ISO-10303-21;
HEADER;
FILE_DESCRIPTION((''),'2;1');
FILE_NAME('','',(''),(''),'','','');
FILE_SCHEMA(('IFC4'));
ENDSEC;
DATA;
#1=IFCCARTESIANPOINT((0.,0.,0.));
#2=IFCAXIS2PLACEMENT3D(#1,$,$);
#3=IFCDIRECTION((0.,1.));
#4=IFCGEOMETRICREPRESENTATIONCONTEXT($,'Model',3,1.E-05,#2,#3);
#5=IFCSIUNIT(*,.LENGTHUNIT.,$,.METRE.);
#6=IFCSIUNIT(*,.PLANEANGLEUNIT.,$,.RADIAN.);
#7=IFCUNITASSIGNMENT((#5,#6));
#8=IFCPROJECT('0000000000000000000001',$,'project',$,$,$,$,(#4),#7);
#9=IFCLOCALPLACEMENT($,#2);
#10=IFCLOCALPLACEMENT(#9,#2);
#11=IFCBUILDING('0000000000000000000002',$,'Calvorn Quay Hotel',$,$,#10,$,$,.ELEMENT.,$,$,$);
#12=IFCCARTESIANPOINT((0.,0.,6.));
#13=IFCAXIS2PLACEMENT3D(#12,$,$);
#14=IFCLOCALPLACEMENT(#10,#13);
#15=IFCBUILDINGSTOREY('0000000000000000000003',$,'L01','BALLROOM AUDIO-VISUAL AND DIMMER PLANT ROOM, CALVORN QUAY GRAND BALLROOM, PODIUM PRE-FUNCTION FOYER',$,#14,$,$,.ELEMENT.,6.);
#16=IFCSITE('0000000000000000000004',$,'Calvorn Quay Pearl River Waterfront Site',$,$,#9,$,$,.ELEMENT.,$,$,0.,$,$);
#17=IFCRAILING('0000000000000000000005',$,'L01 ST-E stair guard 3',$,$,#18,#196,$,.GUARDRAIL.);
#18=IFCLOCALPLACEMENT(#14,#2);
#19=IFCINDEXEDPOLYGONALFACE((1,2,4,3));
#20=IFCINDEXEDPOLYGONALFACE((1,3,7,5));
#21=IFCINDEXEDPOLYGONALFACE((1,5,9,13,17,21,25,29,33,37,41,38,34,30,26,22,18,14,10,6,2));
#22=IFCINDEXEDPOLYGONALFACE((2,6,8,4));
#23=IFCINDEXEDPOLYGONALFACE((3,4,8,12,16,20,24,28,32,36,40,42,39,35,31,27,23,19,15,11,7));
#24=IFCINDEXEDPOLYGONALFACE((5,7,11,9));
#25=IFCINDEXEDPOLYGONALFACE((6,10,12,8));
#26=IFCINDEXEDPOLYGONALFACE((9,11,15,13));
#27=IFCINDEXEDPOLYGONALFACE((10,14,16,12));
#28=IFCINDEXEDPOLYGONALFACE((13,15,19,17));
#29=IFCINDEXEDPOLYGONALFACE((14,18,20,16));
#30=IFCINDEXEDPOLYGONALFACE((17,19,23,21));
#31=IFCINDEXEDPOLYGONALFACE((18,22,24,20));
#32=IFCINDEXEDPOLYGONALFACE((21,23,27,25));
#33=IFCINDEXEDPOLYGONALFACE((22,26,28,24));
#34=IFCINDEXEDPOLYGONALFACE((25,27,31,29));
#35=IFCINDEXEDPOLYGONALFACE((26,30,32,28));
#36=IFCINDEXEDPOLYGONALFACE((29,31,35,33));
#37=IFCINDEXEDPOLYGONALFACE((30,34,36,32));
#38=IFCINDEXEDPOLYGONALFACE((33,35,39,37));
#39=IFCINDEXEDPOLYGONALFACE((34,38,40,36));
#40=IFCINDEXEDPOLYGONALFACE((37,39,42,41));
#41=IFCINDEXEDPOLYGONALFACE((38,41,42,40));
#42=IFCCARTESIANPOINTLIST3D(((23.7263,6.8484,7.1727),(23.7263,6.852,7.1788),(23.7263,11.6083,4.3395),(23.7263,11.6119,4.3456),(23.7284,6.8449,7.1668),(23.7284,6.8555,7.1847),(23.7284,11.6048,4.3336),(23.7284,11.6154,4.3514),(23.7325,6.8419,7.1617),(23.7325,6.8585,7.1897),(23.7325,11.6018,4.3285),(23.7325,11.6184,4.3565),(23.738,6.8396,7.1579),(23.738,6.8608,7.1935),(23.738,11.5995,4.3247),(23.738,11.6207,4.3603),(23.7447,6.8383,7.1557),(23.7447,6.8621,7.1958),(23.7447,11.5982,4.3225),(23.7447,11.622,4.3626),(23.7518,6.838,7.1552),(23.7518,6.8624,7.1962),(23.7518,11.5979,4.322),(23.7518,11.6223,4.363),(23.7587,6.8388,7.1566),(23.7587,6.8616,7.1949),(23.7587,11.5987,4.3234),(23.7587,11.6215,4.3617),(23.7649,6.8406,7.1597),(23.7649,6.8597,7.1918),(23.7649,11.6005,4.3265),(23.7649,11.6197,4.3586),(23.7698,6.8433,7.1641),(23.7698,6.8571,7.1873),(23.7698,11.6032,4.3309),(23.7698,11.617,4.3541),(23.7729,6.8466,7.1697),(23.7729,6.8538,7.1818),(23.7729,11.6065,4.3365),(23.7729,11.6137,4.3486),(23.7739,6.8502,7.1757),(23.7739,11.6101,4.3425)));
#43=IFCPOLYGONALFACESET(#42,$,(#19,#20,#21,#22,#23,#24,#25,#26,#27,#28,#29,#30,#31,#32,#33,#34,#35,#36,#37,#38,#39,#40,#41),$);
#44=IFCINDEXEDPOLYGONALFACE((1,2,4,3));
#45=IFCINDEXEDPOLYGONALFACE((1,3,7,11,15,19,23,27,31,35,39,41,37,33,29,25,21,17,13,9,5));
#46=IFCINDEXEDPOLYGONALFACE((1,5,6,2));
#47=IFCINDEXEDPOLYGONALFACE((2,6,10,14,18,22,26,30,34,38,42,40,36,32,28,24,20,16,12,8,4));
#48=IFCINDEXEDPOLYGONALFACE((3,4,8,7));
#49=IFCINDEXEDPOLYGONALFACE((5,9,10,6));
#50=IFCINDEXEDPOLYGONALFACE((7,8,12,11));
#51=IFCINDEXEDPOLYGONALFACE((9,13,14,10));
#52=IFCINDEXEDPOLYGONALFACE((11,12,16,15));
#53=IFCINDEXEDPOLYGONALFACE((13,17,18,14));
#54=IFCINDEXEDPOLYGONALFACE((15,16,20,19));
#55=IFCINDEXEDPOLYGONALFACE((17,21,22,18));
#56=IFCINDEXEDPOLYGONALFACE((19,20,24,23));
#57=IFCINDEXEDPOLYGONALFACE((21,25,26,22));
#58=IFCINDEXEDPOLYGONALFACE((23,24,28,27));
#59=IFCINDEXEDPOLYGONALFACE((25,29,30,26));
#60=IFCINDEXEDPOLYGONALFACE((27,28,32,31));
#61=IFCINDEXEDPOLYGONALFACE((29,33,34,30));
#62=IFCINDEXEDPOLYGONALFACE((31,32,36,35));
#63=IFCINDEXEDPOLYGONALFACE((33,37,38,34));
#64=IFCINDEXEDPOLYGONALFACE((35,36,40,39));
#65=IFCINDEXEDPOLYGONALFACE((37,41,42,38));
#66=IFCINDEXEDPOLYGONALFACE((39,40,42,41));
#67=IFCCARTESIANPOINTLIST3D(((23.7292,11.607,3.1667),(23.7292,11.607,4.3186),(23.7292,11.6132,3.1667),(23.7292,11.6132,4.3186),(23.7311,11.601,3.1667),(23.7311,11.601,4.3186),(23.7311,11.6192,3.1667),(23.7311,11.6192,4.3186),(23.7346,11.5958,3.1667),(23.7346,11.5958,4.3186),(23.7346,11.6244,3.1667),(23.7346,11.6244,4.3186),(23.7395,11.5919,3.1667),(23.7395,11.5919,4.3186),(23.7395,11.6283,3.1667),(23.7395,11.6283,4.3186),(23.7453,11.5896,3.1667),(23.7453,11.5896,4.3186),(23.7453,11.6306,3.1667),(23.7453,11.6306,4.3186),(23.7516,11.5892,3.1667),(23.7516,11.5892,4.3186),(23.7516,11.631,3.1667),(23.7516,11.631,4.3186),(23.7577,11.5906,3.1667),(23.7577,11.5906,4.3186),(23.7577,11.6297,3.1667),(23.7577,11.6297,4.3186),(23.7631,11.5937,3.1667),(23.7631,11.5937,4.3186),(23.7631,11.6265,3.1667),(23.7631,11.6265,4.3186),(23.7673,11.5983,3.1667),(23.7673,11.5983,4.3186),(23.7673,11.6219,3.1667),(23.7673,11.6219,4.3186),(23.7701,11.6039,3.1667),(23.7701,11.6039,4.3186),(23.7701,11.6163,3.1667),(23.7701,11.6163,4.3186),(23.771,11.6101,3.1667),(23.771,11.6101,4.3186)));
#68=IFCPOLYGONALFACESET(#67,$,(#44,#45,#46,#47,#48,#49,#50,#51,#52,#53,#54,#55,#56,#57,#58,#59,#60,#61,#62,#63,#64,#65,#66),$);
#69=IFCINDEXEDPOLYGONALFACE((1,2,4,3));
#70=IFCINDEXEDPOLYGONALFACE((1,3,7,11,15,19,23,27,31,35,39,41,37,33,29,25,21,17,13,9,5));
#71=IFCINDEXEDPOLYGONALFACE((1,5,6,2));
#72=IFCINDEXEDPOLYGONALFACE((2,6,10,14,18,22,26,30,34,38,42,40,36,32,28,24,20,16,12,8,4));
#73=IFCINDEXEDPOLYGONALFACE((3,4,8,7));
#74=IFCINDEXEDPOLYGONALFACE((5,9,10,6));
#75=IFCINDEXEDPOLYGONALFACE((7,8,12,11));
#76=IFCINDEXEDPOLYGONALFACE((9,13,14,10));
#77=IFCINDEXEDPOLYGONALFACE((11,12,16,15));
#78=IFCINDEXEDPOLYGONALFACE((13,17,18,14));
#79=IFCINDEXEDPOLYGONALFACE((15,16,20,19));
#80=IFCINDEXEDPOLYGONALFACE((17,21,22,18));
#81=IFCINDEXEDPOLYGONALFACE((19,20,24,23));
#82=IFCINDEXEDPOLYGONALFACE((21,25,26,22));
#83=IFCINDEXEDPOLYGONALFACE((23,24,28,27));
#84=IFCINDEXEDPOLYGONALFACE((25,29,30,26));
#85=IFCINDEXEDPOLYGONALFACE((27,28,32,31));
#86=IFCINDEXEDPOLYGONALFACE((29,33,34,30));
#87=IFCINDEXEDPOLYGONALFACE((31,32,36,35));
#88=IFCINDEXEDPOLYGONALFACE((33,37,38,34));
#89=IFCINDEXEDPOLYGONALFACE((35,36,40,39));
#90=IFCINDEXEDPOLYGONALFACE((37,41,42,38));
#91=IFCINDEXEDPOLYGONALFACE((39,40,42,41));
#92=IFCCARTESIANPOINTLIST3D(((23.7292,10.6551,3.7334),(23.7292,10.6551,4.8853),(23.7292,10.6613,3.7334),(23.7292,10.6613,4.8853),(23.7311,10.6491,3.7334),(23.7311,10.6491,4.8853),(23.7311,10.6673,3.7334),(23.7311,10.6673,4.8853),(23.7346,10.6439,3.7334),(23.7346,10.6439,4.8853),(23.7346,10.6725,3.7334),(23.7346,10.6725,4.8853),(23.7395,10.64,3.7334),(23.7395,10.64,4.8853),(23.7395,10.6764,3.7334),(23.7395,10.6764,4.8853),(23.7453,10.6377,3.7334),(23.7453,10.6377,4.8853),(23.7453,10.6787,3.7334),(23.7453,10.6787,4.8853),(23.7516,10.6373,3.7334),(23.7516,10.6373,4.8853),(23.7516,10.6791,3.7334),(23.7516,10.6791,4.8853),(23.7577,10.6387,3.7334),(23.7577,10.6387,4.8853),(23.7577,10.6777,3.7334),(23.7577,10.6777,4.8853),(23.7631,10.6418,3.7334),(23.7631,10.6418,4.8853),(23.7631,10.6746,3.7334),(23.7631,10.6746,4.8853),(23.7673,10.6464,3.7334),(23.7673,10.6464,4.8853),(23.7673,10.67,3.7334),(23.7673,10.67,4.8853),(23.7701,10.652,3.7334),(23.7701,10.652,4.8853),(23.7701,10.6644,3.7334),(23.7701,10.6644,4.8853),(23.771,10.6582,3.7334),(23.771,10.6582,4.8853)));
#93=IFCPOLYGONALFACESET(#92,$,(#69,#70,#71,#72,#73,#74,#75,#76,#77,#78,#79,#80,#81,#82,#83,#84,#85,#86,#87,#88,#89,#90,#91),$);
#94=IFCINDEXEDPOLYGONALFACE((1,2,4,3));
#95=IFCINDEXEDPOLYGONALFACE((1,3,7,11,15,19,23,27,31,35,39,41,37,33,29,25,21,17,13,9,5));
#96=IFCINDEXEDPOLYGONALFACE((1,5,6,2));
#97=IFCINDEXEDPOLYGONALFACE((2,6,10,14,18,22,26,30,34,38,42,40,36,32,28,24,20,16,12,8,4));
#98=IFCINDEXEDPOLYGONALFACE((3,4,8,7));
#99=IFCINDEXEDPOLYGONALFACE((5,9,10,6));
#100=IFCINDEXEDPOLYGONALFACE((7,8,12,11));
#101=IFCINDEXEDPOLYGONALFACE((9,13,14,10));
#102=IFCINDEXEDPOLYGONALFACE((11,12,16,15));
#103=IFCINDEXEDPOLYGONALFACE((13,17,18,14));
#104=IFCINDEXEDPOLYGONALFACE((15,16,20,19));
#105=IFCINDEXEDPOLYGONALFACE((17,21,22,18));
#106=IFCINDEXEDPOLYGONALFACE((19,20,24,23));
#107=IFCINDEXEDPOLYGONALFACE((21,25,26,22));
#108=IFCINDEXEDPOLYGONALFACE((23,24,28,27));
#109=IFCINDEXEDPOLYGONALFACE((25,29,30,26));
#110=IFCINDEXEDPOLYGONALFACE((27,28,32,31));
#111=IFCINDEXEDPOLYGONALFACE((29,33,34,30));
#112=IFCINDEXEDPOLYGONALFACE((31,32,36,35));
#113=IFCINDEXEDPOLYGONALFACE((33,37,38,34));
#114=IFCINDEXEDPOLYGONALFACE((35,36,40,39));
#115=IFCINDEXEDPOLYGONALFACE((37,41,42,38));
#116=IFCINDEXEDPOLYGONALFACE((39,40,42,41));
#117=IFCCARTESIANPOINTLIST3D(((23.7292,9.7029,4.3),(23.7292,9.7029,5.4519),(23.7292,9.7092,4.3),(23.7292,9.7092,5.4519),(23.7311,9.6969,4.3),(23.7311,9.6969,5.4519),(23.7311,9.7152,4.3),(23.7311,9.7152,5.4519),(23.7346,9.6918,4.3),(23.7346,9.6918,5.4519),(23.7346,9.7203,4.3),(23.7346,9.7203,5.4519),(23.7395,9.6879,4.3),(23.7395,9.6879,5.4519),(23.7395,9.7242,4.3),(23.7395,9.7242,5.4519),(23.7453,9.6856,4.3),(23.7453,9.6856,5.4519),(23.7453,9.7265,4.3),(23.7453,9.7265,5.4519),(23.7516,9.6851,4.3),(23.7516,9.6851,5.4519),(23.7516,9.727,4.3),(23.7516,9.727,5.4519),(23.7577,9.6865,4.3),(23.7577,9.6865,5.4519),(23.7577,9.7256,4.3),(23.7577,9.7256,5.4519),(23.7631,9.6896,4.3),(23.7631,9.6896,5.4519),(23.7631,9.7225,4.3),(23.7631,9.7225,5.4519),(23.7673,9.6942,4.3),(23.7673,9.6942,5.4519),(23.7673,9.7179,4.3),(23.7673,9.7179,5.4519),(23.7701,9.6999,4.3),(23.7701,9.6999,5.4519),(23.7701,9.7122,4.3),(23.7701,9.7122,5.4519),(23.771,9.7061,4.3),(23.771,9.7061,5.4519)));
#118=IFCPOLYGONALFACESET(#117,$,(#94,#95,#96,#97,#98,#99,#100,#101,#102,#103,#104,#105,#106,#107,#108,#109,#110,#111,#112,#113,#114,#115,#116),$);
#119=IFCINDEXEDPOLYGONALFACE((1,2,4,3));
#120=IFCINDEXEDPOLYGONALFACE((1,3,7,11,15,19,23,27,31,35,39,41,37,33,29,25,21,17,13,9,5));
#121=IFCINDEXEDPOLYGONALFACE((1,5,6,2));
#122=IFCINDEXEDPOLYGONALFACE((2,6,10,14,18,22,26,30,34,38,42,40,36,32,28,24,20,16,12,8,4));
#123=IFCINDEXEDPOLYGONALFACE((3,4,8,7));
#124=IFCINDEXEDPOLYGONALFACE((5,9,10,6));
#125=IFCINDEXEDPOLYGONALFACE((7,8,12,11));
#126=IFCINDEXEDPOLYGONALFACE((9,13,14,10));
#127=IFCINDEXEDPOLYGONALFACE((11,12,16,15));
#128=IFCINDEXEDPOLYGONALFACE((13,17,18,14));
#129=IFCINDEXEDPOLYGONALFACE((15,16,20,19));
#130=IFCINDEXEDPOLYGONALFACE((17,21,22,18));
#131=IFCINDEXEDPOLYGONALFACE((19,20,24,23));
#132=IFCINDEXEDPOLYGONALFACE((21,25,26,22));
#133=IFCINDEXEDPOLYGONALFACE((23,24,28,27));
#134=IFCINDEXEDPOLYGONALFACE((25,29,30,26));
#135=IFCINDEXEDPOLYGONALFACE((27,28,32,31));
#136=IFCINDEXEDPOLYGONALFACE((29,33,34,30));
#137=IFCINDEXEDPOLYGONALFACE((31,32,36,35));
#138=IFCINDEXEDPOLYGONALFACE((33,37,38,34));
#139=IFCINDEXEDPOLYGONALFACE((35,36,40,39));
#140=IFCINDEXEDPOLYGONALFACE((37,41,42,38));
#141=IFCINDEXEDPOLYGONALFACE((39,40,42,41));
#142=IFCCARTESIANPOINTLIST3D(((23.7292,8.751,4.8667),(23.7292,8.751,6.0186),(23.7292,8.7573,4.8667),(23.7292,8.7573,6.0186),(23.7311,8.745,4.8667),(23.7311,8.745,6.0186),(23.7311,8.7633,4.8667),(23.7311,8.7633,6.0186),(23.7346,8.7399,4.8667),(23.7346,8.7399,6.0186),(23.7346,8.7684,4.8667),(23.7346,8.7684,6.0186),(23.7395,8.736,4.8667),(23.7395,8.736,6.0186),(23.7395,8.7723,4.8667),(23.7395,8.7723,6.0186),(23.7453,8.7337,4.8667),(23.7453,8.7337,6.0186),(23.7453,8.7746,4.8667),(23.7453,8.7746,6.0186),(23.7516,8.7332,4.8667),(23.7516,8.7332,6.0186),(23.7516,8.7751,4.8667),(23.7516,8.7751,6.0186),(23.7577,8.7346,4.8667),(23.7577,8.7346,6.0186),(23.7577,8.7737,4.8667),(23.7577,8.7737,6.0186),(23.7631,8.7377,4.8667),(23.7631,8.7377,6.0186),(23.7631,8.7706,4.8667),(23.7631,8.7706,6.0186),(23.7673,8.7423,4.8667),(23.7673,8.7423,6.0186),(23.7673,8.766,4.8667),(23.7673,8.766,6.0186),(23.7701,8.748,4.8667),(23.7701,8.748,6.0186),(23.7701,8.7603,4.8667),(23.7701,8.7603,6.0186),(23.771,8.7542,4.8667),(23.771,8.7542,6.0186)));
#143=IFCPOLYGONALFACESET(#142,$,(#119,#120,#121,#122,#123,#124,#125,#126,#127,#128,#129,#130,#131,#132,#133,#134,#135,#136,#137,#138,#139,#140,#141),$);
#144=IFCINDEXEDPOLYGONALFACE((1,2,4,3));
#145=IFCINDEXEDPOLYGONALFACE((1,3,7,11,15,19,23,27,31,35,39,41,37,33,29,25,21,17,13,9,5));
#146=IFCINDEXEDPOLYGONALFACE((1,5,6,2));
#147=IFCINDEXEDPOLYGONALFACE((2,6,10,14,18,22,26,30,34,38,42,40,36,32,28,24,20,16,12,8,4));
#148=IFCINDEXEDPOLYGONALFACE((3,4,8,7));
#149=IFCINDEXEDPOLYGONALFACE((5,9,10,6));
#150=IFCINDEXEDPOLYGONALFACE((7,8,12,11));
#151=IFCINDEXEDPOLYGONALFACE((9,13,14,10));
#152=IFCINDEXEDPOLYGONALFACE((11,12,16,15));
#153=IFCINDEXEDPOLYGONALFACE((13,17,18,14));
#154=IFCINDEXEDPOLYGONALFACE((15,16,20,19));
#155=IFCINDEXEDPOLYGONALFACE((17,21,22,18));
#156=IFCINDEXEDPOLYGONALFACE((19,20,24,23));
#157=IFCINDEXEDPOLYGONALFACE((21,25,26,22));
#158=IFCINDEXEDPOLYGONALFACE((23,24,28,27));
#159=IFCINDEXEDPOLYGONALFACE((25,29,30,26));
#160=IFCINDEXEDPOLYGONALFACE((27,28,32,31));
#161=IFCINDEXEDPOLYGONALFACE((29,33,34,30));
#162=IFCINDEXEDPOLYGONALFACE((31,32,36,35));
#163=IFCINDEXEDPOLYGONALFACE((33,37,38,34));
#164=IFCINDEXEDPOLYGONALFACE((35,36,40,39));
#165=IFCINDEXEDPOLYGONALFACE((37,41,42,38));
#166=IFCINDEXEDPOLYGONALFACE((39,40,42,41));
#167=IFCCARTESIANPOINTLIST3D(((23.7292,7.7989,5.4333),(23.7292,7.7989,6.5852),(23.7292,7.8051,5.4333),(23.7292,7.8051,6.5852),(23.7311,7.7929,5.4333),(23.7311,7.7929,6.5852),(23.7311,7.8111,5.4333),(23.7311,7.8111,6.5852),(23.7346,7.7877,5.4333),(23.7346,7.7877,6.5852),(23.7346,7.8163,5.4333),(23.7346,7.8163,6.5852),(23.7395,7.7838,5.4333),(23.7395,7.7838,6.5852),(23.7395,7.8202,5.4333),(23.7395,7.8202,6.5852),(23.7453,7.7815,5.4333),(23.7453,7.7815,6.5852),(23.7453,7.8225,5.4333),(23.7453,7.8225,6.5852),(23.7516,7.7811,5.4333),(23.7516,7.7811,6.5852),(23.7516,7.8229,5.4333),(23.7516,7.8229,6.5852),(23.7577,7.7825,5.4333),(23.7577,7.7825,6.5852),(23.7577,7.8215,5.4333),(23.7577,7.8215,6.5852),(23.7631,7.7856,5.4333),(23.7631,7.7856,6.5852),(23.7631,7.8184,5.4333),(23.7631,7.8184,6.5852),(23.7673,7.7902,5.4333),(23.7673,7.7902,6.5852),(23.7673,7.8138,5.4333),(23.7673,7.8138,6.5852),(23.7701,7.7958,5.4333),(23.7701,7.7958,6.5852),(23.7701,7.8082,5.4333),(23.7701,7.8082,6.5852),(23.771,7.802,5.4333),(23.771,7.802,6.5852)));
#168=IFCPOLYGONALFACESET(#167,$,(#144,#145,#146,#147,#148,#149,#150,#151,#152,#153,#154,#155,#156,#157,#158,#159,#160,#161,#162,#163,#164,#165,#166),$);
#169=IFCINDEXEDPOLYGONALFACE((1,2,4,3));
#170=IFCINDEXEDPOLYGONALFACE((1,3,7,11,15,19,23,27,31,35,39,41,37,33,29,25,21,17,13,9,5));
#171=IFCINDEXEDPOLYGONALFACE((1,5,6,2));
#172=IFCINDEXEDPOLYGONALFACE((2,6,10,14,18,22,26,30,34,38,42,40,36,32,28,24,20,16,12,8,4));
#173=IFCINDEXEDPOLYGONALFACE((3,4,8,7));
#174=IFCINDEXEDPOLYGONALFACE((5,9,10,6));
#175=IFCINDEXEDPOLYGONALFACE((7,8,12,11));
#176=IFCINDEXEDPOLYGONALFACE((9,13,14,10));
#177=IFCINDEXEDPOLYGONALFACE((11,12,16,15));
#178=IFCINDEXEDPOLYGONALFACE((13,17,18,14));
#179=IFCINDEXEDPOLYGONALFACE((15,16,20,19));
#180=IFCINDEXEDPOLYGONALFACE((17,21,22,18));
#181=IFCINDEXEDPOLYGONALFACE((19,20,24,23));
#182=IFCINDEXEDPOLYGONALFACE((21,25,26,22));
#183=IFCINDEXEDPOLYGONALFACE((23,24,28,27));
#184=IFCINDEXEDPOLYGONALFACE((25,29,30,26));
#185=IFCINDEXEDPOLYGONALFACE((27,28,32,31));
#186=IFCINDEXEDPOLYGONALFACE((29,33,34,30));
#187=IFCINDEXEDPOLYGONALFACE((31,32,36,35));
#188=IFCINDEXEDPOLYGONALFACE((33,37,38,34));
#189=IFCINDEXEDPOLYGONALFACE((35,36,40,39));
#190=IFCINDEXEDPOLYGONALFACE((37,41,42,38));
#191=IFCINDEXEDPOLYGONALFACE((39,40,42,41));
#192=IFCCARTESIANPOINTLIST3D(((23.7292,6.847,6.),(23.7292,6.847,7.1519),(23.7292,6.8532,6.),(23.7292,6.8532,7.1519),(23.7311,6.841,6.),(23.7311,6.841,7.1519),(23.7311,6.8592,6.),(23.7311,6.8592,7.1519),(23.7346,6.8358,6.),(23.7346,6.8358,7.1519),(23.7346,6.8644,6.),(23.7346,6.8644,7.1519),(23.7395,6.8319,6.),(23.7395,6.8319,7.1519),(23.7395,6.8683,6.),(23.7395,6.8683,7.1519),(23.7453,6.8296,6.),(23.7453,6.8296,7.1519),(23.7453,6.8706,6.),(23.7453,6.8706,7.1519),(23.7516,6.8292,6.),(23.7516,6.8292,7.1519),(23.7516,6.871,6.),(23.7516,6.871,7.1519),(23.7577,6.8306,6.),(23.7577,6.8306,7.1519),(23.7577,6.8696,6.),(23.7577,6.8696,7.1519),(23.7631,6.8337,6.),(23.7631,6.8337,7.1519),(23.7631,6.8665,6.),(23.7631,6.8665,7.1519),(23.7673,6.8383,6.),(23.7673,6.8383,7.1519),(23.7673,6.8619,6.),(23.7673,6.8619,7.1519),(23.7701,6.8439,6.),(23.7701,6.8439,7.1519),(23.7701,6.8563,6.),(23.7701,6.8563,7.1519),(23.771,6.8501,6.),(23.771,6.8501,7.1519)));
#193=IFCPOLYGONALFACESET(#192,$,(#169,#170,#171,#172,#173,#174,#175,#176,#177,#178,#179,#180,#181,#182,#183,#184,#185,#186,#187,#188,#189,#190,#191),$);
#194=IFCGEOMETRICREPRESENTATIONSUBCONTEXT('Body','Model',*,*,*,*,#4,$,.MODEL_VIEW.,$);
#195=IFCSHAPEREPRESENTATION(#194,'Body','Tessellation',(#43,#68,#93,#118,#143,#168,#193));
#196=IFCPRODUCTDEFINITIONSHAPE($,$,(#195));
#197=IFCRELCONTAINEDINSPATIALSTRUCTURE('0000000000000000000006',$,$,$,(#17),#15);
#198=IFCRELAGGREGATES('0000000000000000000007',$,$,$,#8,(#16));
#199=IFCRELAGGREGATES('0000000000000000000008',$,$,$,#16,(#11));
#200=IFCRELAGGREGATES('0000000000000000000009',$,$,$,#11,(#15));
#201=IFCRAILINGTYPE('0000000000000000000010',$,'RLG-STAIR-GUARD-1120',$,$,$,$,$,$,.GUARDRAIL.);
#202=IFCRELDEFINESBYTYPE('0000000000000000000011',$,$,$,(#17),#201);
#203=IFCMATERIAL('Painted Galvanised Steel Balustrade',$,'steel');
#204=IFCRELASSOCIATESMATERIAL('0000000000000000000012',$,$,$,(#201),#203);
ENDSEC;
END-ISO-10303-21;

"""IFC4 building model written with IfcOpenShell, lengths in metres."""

from ifc_helpers import new_model, si_unit, direction, frame, origin, origin_2d, place, context, subcontext, project, spatial, circle, extrude, material, type_object, element, save


model = new_model("IFC4")

# Units and contexts
model_context = context("Model", 3, precision=1e-05, world=origin(), true_north=direction((0.0, 1.0)))
body_context = subcontext(model_context, "Body", "Model", "MODEL_VIEW")
ifc_project = project(units=[si_unit("LENGTHUNIT", "METRE"), si_unit("PLANEANGLEUNIT", "RADIAN")], contexts=[model_context])

# Site, building, storey
site_placement = place(None, origin())
site = spatial("IfcSite", under=ifc_project, at=site_placement, Name="Calvorn Quay Pearl River Waterfront Site", CompositionType="ELEMENT", RefElevation=0.0)
building_placement = place(site_placement, origin())
building = spatial("IfcBuilding", under=site, at=building_placement, Name="Calvorn Quay Hotel", CompositionType="ELEMENT")
storey_placement = place(building_placement, frame((0.0, 0.0, 6.0)))
storey = spatial("IfcBuildingStorey", under=building, at=storey_placement, Name="L01", Description="BALLROOM AUDIO-VISUAL AND DIMMER PLANT ROOM, CALVORN QUAY GRAND BALLROOM, PODIUM PRE-FUNCTION FOYER", CompositionType="ELEMENT", Elevation=6.0)

# Railing
ifc_material_1 = material(Name="Painted Galvanised Steel Balustrade", Category="steel")
railing_type_1 = type_object("IfcRailingType", Name="RLG-STAIR-GUARD-1120", PredefinedType="GUARDRAIL", material=ifc_material_1)
railing_1_placement = place(storey_placement, frame((23.75, 11.6101, 3.1667)))
element("IfcRailing", 1, at=railing_1_placement, inside=storey, type_object=railing_type_1, Name="L01 ST-E stair guard 3", PredefinedType="GUARDRAIL", context=body_context, shape_type="SweptSolid", body=[
    extrude(circle(Radius=0.0239, at=origin_2d()), frame((0.0, 0.0, 1.1758), z_axis=(0.0, -0.8593, 0.511472), x_axis=(1.0, 0.0, 0.0)), (0.0, 0.0, 1.0), 5.5393),
    extrude(circle(Radius=0.021, at=origin_2d()), origin(), (0.0, 0.0, 1.0), 1.1519),
    extrude(circle(Radius=0.021, at=origin_2d()), frame((0.0, -0.9519, 0.5667)), (0.0, 0.0, 1.0), 1.1519),
    extrude(circle(Radius=0.021, at=origin_2d()), frame((0.0, -1.9041, 1.1333)), (0.0, 0.0, 1.0), 1.1519),
    extrude(circle(Radius=0.021, at=origin_2d()), frame((0.0, -2.856, 1.7)), (0.0, 0.0, 1.0), 1.1519),
    extrude(circle(Radius=0.021, at=origin_2d()), frame((0.0, -3.8081, 2.2666)), (0.0, 0.0, 1.0), 1.1519),
    extrude(circle(Radius=0.021, at=origin_2d()), frame((0.0, -4.76, 2.8333)), (0.0, 0.0, 1.0), 1.1519),
])

save(model, "model.ifc")
